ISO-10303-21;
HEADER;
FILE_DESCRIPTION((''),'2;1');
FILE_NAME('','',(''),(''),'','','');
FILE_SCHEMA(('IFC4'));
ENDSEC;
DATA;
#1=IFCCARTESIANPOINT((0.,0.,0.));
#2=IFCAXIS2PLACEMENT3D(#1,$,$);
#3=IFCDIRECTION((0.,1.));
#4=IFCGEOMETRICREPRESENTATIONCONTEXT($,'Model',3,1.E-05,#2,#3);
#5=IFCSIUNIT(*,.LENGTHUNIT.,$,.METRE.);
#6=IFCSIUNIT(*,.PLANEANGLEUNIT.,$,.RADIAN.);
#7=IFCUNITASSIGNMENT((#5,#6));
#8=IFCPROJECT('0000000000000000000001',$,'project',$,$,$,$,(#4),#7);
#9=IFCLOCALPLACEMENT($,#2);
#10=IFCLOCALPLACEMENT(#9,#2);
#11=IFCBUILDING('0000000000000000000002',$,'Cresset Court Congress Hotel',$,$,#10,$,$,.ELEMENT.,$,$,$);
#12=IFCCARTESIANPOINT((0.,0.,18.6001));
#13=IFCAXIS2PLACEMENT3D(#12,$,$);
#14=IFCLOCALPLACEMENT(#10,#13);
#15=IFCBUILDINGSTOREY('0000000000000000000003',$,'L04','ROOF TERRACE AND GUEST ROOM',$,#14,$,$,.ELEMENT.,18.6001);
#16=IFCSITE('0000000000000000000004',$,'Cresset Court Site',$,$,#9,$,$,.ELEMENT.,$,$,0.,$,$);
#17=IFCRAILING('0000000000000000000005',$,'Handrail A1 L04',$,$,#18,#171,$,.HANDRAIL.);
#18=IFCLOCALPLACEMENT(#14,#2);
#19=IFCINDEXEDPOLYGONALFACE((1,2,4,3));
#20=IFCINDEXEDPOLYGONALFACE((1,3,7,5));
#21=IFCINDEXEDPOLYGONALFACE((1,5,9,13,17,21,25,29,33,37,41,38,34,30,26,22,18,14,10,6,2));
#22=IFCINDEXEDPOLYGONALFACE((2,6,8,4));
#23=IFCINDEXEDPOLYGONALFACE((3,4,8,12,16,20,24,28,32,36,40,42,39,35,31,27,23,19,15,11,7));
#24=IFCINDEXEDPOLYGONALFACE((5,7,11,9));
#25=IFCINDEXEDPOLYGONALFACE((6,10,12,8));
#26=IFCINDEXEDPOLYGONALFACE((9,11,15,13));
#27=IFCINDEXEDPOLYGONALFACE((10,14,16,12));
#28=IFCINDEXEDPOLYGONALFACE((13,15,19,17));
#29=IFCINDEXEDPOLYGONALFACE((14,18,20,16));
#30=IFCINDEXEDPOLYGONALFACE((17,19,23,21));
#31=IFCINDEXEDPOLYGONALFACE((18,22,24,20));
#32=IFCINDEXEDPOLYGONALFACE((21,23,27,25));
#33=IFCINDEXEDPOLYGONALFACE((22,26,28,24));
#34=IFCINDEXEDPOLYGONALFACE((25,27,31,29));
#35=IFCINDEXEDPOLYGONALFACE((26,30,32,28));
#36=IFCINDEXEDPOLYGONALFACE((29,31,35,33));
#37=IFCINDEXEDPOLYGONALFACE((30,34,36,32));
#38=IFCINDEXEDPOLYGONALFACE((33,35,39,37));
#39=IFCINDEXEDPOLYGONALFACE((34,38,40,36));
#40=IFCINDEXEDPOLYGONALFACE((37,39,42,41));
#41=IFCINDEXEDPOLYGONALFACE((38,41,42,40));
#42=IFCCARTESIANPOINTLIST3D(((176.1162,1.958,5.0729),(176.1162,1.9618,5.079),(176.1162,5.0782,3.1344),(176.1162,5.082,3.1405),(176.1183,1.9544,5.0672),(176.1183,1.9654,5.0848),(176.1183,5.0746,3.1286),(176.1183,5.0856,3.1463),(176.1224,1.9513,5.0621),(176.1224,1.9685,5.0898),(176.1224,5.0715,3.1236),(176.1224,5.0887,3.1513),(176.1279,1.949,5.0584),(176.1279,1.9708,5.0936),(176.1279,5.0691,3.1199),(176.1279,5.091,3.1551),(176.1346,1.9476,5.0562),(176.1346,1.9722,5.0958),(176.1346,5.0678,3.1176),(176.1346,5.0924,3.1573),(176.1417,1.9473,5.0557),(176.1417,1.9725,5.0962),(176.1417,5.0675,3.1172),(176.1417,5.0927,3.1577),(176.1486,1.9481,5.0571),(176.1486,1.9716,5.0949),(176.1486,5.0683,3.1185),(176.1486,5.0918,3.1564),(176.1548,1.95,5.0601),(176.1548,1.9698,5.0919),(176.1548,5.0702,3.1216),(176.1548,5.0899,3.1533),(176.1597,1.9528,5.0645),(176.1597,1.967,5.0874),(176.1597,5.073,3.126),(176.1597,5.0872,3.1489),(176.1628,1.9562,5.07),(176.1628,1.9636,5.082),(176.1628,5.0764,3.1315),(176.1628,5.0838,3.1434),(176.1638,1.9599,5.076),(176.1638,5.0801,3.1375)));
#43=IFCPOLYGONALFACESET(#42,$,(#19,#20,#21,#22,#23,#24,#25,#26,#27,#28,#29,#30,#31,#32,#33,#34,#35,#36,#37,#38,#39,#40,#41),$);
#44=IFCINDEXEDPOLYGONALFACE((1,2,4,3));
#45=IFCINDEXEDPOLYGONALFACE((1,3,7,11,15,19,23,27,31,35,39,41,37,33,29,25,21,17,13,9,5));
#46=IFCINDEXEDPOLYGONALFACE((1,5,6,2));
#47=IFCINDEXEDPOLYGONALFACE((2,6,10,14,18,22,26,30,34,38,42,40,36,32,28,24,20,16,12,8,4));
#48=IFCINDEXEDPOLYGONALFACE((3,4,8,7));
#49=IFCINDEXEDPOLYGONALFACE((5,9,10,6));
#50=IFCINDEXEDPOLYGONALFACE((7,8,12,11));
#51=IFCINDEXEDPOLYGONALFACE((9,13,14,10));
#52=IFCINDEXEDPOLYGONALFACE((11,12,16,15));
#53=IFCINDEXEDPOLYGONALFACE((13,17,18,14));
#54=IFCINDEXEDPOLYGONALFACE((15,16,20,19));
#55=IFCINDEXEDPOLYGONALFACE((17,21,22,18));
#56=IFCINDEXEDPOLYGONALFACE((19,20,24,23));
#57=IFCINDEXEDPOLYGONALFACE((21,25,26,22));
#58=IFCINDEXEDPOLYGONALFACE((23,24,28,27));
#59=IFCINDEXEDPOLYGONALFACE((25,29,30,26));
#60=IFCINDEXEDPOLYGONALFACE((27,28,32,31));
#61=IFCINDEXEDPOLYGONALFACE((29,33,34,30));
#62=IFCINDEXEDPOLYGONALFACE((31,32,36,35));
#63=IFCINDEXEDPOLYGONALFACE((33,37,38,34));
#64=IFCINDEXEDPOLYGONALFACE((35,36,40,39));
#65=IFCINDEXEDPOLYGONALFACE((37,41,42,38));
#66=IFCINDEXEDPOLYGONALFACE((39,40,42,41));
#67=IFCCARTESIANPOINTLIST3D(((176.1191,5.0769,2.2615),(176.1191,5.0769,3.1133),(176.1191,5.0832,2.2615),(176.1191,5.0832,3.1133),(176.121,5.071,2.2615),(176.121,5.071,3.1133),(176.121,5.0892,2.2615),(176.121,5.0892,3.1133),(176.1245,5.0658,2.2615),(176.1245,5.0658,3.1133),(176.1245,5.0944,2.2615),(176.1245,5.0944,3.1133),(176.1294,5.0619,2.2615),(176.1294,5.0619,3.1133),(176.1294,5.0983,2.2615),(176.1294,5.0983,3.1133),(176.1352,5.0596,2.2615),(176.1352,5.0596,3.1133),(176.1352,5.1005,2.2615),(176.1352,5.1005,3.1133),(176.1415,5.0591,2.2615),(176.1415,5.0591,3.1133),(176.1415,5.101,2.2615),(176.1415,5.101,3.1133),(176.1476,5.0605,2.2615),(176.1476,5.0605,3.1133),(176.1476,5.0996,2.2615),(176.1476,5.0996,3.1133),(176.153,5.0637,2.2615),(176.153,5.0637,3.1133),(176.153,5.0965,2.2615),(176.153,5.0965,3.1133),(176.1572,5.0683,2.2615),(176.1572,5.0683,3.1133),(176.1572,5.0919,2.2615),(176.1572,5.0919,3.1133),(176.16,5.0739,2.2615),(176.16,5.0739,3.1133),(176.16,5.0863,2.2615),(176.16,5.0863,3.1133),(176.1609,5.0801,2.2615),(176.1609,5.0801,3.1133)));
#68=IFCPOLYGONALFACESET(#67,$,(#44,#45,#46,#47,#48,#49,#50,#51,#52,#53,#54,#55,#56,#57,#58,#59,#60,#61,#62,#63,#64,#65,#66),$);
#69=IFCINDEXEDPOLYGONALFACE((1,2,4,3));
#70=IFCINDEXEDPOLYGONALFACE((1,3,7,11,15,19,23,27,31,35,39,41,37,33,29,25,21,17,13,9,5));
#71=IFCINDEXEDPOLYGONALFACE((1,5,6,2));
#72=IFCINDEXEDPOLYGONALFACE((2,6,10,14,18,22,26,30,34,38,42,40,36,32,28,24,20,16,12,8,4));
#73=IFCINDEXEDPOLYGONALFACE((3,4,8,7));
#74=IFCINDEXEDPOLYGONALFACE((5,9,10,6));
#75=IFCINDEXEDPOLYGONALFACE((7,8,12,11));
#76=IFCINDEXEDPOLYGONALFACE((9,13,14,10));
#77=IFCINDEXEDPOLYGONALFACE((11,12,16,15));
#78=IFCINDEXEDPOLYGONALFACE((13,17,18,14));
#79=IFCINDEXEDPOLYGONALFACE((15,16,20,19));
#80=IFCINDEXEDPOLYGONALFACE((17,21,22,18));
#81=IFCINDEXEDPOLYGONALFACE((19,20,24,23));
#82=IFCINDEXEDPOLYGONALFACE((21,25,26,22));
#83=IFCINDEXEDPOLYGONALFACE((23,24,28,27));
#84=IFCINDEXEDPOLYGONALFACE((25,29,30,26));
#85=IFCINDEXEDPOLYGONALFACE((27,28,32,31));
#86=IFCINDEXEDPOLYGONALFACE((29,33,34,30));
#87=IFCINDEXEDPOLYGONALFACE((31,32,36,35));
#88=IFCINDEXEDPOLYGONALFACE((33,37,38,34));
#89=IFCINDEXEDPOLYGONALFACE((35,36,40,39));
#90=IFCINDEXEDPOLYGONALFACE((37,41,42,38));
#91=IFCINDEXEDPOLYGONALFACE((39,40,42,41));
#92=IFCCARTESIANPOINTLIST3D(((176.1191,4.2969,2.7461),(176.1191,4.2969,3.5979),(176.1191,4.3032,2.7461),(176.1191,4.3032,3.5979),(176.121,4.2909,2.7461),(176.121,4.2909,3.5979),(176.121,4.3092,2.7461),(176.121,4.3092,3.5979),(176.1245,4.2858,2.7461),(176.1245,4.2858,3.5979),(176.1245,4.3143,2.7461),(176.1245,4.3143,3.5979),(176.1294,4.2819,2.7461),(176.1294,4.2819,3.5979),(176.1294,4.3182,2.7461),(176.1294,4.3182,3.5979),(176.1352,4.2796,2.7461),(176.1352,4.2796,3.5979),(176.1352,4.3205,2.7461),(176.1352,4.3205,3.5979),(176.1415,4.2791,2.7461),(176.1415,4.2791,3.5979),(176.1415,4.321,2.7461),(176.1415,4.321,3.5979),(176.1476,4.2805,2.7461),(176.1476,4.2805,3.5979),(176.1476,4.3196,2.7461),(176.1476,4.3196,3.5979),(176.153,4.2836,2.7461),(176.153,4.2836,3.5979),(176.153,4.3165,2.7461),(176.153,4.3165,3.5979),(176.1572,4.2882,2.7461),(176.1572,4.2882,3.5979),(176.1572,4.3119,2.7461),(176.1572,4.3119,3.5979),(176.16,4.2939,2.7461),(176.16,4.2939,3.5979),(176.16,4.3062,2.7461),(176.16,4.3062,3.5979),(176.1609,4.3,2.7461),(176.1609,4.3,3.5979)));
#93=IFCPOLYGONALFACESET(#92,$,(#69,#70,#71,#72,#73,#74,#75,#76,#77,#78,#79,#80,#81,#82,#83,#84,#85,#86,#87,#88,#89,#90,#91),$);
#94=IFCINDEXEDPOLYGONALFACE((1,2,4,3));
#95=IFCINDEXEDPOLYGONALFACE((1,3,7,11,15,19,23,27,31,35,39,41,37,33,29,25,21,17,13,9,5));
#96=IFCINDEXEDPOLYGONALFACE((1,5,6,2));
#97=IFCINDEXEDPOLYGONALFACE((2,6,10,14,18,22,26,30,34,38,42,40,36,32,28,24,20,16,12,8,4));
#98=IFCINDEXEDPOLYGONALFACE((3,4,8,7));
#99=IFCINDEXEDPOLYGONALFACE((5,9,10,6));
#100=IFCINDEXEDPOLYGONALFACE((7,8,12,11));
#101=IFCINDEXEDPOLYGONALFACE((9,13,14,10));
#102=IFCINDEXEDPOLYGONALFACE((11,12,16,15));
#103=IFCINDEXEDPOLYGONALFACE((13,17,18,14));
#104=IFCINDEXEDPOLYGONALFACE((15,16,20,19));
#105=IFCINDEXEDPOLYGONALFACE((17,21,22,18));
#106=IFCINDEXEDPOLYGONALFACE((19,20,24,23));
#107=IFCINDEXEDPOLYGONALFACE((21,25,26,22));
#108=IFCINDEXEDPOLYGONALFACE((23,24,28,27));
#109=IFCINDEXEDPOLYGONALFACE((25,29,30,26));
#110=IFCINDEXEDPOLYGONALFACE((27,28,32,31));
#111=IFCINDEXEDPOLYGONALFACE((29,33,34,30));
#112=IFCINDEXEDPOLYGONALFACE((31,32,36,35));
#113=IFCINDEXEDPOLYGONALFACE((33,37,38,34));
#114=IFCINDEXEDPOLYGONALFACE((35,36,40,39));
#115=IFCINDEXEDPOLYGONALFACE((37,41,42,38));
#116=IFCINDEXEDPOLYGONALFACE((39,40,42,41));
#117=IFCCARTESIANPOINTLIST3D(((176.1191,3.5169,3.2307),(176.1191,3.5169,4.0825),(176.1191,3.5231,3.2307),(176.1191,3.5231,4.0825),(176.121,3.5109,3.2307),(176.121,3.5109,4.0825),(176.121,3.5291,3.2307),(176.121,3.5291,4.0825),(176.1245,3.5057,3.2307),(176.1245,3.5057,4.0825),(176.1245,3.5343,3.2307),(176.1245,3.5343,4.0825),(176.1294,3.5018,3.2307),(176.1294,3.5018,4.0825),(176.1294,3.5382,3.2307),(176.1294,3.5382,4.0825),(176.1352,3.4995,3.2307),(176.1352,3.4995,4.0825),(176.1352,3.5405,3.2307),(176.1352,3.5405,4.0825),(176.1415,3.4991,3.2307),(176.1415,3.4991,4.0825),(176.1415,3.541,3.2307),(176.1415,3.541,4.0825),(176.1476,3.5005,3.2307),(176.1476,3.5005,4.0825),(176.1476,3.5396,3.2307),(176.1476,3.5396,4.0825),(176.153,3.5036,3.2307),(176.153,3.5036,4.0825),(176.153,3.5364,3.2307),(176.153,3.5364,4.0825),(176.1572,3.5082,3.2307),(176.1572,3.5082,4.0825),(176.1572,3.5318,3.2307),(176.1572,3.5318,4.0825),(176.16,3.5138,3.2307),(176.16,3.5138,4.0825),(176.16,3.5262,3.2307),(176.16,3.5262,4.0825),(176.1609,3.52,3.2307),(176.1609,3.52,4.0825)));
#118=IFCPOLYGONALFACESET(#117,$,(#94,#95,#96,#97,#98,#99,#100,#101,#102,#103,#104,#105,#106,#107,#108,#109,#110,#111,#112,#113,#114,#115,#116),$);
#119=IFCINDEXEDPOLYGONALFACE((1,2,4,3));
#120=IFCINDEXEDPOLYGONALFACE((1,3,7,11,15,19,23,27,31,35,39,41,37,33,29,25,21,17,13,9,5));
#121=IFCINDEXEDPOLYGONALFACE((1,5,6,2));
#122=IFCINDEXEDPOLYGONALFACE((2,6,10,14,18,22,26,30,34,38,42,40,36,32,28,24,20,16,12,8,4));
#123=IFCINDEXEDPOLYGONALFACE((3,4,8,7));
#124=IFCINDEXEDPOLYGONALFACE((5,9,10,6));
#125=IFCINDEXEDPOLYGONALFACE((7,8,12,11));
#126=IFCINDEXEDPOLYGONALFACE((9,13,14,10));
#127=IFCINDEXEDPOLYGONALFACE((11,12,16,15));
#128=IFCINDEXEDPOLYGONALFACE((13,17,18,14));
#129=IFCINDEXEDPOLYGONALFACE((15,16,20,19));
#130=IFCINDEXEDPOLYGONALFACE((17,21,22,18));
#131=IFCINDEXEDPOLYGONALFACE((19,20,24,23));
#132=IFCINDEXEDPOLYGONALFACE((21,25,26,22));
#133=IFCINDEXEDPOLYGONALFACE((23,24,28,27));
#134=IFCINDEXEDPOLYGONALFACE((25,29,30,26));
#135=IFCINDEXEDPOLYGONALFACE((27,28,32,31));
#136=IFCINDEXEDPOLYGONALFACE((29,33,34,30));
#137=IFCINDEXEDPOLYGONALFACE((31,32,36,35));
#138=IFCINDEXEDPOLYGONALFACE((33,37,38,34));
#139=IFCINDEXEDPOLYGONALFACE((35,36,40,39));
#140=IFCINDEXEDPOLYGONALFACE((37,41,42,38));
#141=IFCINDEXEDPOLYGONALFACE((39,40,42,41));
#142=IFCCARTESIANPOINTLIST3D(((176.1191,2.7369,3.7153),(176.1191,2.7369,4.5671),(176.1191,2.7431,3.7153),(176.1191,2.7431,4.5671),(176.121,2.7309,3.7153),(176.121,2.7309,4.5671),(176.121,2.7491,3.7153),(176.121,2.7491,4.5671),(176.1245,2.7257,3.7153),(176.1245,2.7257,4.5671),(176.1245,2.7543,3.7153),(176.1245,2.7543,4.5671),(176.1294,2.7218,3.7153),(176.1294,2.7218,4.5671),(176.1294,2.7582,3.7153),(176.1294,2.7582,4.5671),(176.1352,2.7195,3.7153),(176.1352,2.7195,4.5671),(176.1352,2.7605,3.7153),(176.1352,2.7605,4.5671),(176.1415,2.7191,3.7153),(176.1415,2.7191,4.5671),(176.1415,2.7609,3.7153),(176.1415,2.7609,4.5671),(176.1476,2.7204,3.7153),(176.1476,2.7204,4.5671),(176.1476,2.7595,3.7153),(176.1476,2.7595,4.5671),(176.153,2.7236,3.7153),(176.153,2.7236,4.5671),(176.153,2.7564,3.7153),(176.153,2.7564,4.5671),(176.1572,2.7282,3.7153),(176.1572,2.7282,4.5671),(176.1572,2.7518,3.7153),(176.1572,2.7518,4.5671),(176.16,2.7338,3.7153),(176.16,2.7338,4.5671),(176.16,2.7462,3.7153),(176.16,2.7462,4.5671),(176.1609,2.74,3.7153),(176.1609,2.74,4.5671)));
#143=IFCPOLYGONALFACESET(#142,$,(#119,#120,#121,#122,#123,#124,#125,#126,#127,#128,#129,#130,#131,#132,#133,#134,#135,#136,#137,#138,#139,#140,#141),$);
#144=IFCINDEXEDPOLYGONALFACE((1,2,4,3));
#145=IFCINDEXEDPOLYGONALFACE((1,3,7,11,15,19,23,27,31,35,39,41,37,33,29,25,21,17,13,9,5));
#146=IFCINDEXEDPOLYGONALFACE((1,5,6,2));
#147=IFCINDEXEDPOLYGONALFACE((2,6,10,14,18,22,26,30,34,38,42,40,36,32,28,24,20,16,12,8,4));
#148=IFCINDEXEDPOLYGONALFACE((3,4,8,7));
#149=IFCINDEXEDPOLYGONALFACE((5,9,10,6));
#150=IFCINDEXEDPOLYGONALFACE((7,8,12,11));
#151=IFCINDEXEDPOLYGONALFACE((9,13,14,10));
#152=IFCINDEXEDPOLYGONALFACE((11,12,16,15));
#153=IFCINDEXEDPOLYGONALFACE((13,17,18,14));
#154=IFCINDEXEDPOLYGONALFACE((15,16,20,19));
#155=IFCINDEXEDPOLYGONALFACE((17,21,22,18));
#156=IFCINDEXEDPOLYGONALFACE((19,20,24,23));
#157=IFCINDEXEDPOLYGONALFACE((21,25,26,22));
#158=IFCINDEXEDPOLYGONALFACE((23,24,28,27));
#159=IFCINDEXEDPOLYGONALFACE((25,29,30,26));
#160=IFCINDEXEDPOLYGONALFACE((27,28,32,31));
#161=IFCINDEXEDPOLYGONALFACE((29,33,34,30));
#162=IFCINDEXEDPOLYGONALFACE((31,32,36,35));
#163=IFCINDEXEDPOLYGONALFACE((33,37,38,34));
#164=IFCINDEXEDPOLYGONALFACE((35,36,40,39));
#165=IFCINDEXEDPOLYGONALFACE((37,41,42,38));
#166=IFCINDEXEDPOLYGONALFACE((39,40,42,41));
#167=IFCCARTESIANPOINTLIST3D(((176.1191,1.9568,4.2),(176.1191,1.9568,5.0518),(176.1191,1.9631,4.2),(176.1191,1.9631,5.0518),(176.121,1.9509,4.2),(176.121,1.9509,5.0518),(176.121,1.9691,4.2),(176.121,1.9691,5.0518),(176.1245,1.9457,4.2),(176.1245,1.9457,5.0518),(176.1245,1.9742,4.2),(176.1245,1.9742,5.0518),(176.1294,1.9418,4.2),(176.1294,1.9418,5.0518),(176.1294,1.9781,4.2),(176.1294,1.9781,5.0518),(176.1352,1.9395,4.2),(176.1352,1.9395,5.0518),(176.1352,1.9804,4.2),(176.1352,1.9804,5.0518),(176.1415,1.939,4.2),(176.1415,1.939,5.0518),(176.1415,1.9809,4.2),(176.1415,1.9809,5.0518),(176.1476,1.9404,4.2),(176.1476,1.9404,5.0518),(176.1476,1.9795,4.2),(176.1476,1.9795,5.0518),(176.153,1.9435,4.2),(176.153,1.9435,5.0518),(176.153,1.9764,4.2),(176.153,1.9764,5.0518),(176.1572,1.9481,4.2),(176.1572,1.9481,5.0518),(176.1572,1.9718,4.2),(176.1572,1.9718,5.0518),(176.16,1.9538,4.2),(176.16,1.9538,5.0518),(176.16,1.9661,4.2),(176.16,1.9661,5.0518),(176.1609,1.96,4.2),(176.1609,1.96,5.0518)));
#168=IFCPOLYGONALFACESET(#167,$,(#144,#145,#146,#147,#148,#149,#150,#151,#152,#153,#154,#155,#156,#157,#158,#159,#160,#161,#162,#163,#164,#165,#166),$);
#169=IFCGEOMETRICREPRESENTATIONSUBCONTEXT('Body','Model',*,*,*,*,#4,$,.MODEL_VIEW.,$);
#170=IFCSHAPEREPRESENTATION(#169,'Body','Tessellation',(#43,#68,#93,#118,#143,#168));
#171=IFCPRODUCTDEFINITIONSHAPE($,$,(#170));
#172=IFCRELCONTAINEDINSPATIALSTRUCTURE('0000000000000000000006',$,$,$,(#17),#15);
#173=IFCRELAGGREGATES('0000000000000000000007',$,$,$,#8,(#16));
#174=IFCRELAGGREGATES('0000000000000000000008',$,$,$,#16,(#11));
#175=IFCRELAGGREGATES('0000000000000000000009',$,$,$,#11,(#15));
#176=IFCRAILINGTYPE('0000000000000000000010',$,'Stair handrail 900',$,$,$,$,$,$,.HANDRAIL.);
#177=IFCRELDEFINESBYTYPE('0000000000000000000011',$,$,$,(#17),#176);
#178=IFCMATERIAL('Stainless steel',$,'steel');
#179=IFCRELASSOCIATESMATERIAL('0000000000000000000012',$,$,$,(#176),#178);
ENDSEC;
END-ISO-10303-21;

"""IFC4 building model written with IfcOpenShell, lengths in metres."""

from ifc_helpers import new_model, si_unit, direction, frame, origin, origin_2d, place, context, subcontext, project, spatial, circle, extrude, material, type_object, element, save


model = new_model("IFC4")

# Units and contexts
model_context = context("Model", 3, precision=1e-05, world=origin(), true_north=direction((0.0, 1.0)))
body_context = subcontext(model_context, "Body", "Model", "MODEL_VIEW")
ifc_project = project(units=[si_unit("LENGTHUNIT", "METRE"), si_unit("PLANEANGLEUNIT", "RADIAN")], contexts=[model_context])

# Site, building, storey
site_placement = place(None, origin())
site = spatial("IfcSite", under=ifc_project, at=site_placement, Name="Cresset Court Site", CompositionType="ELEMENT", RefElevation=0.0)
building_placement = place(site_placement, origin())
building = spatial("IfcBuilding", under=site, at=building_placement, Name="Cresset Court Congress Hotel", CompositionType="ELEMENT")
storey_placement = place(building_placement, frame((0.0, 0.0, 18.6001)))
storey = spatial("IfcBuildingStorey", under=building, at=storey_placement, Name="L04", Description="ROOF TERRACE AND GUEST ROOM", CompositionType="ELEMENT", Elevation=18.6001)

# Railing
ifc_material_1 = material(Name="Stainless steel", Category="steel")
railing_type_1 = type_object("IfcRailingType", Name="Stair handrail 900", PredefinedType="HANDRAIL", material=ifc_material_1)
for number, where, name in (
    (1, (176.1399, 5.0801, 2.2615), "Handrail A1 L04"),
):
    element("IfcRailing", number, at=place(storey_placement, frame(where)), inside=storey, type_object=railing_type_1, Name=name, PredefinedType="HANDRAIL", context=body_context, shape_type="SweptSolid", body=[
        extrude(circle(Radius=0.0239, at=origin_2d()), frame((0.0, 0.0, 0.876), z_axis=(0.0, -0.849414, 0.527727), x_axis=(1.0, 0.0, 0.0)), (0.0, 0.0, 1.0), 3.6733),
        extrude(circle(Radius=0.021, at=origin_2d()), origin(), (0.0, 0.0, 1.0), 0.8518),
        extrude(circle(Radius=0.021, at=origin_2d()), frame((0.0, -0.78, 0.4846)), (0.0, 0.0, 1.0), 0.8518),
        extrude(circle(Radius=0.021, at=origin_2d()), frame((0.0, -1.5601, 0.9692)), (0.0, 0.0, 1.0), 0.8518),
        extrude(circle(Radius=0.021, at=origin_2d()), frame((0.0, -2.3401, 1.4539)), (0.0, 0.0, 1.0), 0.8518),
        extrude(circle(Radius=0.021, at=origin_2d()), frame((0.0, -3.1201, 1.9385)), (0.0, 0.0, 1.0), 0.8518),
    ])

save(model, "model.ifc")
